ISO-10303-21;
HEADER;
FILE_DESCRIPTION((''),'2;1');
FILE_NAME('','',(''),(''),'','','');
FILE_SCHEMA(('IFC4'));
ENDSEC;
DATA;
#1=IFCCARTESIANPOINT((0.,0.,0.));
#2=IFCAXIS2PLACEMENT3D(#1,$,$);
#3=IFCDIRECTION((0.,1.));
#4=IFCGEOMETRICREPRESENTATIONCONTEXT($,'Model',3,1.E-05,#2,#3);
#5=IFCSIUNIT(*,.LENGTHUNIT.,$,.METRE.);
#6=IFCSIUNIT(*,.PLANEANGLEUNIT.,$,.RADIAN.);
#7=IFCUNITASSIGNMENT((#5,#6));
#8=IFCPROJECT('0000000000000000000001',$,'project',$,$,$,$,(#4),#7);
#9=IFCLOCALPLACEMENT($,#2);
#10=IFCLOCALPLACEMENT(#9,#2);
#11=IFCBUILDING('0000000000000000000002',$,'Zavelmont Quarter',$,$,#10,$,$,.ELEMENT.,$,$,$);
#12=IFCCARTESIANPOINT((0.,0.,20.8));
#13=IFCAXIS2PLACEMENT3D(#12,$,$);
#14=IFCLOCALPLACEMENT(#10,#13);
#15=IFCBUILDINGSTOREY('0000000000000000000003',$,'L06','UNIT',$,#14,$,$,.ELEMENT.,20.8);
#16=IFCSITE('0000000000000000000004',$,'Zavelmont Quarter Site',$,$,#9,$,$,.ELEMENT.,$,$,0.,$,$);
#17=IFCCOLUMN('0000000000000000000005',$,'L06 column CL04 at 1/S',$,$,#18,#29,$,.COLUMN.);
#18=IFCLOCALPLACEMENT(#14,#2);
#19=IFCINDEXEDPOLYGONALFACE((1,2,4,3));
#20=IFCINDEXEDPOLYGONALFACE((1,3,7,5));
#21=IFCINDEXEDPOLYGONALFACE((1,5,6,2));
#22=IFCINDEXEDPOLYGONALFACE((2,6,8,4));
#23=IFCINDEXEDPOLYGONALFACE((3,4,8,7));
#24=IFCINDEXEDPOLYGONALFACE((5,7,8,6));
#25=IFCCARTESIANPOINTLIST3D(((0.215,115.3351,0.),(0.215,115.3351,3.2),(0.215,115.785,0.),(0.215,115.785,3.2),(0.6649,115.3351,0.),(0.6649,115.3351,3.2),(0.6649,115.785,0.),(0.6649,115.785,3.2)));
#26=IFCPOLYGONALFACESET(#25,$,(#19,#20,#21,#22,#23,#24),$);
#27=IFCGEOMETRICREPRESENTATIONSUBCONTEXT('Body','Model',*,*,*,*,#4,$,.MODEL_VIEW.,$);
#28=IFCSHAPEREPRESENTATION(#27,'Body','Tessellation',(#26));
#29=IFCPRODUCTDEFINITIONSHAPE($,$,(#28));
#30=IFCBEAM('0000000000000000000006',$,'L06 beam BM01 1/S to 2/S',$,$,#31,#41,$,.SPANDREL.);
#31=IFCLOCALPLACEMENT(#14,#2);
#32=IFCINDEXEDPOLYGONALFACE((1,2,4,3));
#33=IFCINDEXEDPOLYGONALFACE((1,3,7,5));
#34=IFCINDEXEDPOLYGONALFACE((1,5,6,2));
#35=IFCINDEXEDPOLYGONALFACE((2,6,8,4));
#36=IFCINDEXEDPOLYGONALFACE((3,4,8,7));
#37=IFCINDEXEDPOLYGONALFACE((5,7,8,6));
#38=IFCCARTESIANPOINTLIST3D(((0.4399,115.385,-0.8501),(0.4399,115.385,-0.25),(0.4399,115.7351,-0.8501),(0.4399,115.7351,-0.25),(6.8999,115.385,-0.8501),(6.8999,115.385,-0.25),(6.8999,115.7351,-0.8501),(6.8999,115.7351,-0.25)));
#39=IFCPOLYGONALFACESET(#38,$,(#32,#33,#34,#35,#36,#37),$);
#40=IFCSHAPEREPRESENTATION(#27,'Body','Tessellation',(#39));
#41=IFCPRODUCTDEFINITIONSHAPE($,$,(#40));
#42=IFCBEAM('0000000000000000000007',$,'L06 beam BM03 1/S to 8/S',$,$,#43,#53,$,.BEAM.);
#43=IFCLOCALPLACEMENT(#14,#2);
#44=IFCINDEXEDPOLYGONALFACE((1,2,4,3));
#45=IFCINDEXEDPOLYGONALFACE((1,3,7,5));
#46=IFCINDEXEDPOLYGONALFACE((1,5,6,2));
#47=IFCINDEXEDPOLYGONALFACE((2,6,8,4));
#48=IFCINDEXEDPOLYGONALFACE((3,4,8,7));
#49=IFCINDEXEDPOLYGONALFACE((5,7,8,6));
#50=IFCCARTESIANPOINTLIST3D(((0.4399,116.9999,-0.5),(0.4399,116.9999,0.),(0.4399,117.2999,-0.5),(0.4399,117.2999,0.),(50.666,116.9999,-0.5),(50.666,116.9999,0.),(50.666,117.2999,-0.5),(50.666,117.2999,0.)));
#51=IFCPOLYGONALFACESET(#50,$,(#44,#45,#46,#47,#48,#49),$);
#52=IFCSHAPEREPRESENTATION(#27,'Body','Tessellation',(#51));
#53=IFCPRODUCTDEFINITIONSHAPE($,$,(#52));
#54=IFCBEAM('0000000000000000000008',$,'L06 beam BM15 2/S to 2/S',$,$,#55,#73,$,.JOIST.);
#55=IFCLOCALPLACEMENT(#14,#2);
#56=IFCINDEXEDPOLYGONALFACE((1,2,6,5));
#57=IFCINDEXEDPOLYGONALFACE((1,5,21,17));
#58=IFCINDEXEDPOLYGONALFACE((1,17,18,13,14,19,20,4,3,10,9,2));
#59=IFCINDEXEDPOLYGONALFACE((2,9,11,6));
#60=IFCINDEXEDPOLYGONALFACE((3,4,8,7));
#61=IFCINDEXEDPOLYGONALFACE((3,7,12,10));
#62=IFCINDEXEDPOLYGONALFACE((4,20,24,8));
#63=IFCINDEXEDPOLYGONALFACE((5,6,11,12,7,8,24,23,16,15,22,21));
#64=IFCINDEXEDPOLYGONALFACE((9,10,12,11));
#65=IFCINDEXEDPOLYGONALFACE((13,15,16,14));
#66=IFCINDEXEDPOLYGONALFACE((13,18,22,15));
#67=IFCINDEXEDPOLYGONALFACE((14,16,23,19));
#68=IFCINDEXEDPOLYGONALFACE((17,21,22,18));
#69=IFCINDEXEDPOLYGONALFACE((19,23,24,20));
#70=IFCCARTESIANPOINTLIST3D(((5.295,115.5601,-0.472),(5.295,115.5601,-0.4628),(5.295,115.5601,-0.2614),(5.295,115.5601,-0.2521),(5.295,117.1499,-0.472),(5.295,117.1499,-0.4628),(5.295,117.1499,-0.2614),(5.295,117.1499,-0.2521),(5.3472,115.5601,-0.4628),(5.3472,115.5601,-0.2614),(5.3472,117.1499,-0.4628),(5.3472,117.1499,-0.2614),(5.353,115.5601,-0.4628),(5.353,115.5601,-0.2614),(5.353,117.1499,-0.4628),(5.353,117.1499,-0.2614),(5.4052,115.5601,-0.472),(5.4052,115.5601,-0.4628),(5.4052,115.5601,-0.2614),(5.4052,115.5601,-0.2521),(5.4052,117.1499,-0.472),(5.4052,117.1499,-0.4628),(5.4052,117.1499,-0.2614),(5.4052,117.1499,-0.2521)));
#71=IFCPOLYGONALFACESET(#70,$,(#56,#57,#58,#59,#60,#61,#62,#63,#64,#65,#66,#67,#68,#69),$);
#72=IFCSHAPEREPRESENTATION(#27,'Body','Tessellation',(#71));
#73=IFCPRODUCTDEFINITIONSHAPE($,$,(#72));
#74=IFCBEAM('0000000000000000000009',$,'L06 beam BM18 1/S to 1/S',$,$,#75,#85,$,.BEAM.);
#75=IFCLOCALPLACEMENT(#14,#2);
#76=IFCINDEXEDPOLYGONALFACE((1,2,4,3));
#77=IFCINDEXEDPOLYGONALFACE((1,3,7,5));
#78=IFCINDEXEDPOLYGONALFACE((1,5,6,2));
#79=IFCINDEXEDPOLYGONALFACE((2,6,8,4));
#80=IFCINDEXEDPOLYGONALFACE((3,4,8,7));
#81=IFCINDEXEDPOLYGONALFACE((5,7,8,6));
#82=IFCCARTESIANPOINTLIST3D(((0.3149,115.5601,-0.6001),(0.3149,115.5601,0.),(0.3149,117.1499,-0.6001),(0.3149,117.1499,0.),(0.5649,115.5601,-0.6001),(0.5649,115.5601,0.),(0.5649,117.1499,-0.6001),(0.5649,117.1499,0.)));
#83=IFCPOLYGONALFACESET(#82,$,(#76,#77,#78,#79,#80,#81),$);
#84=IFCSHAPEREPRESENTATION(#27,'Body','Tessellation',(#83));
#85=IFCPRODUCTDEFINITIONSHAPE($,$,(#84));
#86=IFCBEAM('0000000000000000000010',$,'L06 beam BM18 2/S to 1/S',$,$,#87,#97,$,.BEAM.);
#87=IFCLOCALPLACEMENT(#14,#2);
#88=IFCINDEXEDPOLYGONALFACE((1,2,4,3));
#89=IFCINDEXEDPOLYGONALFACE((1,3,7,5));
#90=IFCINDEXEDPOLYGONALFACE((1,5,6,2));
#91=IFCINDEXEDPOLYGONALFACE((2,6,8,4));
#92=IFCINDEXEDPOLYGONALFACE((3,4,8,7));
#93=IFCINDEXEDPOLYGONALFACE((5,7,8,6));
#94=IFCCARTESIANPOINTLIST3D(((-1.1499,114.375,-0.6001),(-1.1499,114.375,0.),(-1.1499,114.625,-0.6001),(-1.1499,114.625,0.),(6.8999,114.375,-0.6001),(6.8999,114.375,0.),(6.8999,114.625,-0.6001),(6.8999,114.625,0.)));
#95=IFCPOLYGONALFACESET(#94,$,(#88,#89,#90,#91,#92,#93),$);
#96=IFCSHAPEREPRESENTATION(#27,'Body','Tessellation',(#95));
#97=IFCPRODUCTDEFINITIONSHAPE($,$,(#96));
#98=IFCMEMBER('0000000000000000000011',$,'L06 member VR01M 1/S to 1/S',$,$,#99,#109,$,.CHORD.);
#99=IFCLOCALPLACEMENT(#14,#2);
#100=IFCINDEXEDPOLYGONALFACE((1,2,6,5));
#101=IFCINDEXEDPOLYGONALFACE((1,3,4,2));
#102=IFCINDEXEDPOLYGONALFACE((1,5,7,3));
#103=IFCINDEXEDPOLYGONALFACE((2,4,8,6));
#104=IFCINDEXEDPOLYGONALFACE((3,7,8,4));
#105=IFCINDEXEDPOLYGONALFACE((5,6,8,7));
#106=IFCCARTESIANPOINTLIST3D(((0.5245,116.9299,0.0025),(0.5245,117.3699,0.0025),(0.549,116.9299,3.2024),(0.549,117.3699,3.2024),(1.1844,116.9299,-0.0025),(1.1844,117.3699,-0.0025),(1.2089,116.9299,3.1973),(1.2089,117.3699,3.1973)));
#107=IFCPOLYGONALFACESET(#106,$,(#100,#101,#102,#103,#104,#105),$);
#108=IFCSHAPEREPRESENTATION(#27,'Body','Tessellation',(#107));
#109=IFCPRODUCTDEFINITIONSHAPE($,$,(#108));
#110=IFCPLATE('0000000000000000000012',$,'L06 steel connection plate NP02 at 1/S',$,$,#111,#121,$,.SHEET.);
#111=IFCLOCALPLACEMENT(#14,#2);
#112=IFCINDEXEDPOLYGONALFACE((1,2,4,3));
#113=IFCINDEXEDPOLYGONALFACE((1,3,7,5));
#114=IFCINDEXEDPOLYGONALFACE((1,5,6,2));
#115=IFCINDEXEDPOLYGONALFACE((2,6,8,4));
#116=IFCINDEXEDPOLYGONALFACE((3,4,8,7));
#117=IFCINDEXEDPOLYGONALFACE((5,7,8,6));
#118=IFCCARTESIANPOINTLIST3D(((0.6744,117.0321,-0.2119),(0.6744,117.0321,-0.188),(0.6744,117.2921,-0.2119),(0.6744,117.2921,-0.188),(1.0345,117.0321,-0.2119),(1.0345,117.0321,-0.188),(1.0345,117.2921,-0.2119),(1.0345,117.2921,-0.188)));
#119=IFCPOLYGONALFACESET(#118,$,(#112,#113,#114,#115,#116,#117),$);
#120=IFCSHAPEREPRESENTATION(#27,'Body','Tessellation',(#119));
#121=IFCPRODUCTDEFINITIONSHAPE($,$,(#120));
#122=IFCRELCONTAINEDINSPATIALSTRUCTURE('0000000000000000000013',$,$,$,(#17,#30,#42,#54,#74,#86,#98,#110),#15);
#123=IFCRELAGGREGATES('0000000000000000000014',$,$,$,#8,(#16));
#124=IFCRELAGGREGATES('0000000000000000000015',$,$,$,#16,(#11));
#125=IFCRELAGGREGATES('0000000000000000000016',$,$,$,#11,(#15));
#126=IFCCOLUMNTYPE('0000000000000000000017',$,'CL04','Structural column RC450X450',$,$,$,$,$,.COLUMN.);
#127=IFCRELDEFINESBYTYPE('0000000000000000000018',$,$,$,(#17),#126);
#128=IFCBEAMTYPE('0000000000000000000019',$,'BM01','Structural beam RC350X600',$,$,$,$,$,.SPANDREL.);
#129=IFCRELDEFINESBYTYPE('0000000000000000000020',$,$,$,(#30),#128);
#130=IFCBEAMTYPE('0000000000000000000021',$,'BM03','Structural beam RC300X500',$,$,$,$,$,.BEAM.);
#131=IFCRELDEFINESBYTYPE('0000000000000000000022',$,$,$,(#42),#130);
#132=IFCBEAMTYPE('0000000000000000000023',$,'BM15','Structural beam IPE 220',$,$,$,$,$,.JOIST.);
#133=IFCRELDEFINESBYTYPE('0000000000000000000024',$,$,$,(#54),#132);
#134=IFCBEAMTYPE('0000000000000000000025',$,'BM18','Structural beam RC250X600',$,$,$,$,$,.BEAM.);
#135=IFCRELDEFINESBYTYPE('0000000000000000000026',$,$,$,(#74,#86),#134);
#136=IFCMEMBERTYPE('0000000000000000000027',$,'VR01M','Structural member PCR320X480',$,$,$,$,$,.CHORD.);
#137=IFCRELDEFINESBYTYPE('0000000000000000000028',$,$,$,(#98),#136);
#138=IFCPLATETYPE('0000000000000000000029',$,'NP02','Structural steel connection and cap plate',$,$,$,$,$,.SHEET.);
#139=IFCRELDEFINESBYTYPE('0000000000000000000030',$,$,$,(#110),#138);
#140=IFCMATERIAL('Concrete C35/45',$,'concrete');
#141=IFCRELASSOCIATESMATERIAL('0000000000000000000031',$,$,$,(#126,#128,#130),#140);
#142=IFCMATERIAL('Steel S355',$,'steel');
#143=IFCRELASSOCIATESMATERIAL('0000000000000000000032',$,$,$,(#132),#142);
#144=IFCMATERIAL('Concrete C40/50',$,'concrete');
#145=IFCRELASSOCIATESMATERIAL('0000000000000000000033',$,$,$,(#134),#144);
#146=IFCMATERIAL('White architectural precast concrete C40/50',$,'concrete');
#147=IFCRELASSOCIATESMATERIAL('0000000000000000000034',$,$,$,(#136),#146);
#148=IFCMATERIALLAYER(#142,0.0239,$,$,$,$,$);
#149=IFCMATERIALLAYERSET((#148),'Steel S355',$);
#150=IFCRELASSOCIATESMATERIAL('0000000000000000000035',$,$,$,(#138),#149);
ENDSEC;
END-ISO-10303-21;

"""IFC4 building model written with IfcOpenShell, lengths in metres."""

from ifc_helpers import new_model, si_unit, direction, frame, origin, origin_2d, place, context, subcontext, project, spatial, rectangle, i_section, extrude, material, layer, layer_set, material_profile, profile_set, type_object, element, save


model = new_model("IFC4")

# Units and contexts
model_context = context("Model", 3, precision=1e-05, world=origin(), true_north=direction((0.0, 1.0)))
body_context = subcontext(model_context, "Body", "Model", "MODEL_VIEW")
ifc_project = project(units=[si_unit("LENGTHUNIT", "METRE"), si_unit("PLANEANGLEUNIT", "RADIAN")], contexts=[model_context])

# Site, building, storey
site_placement = place(None, origin())
site = spatial("IfcSite", under=ifc_project, at=site_placement, Name="Zavelmont Quarter Site", CompositionType="ELEMENT", RefElevation=0.0)
building_placement = place(site_placement, origin())
building = spatial("IfcBuilding", under=site, at=building_placement, Name="Zavelmont Quarter", CompositionType="ELEMENT")
storey_placement = place(building_placement, frame((0.0, 0.0, 20.8)))
storey = spatial("IfcBuildingStorey", under=building, at=storey_placement, Name="L06", Description="UNIT", CompositionType="ELEMENT", Elevation=20.8)

# Column
ifc_material_1 = material(Name="Concrete C35/45", Category="concrete")
ifc_material_profile_1 = material_profile(ifc_material_1, rectangle(XDim=0.45, YDim=0.45, at=origin_2d()), Name="RC450X450")
ifc_profile_set_1 = profile_set([ifc_material_profile_1], Name="Concrete C35/45")
column_type = type_object("IfcColumnType", Name="CL04", Description="Structural column RC450X450", PredefinedType="COLUMN", material=ifc_profile_set_1)
column_placement = place(storey_placement, frame((0.4399, 115.5601, 0.0), z_axis=(0.0, 0.0, 1.0), x_axis=(1.0, 0.0, 0.0)))
element("IfcColumn", 1, at=column_placement, inside=storey, type_object=column_type, Name="L06 column CL04 at 1/S", PredefinedType="COLUMN", context=body_context, shape_type="SweptSolid", body=[
    extrude(rectangle(XDim=0.45, YDim=0.45, at=origin_2d()), origin(), (0.0, 0.0, 1.0), 3.2),
])

# Beams
ifc_material_profile_2 = material_profile(ifc_material_1, rectangle(XDim=0.3501, YDim=0.6001, at=origin_2d()), Name="RC350X600")
ifc_profile_set_2 = profile_set([ifc_material_profile_2], Name="Concrete C35/45")
beam_type_1 = type_object("IfcBeamType", Name="BM01", Description="Structural beam RC350X600", PredefinedType="SPANDREL", material=ifc_profile_set_2)
beam_1_placement = place(storey_placement, frame((0.4399, 115.5601, -0.55), z_axis=(1.0, 0.0, 0.0), x_axis=(0.0, 1.0, 0.0)))
element("IfcBeam", 2, at=beam_1_placement, inside=storey, type_object=beam_type_1, Name="L06 beam BM01 1/S to 2/S", PredefinedType="SPANDREL", context=body_context, shape_type="SweptSolid", body=[
    extrude(rectangle(XDim=0.3501, YDim=0.6001, at=origin_2d()), origin(), (0.0, 0.0, 1.0), 6.46),
])
ifc_material_profile_3 = material_profile(ifc_material_1, rectangle(XDim=0.3, YDim=0.5, at=origin_2d()), Name="RC300X500")
ifc_profile_set_3 = profile_set([ifc_material_profile_3], Name="Concrete C35/45")
beam_type_2 = type_object("IfcBeamType", Name="BM03", Description="Structural beam RC300X500", PredefinedType="BEAM", material=ifc_profile_set_3)
beam_2_placement = place(storey_placement, frame((0.4399, 117.1499, -0.25), z_axis=(1.0, 0.0, 0.0), x_axis=(0.0, 1.0, 0.0)))
element("IfcBeam", 3, at=beam_2_placement, inside=storey, type_object=beam_type_2, Name="L06 beam BM03 1/S to 8/S", PredefinedType="BEAM", context=body_context, shape_type="SweptSolid", body=[
    extrude(rectangle(XDim=0.3, YDim=0.5, at=origin_2d()), origin(), (0.0, 0.0, 1.0), 50.2261),
])
ifc_material_2 = material(Name="Steel S355", Category="steel")
ifc_material_profile_4 = material_profile(ifc_material_2, i_section(OverallWidth=0.1101, OverallDepth=0.22, WebThickness=0.0059, FlangeThickness=0.0093, at=origin_2d()), Name="IPE 220")
ifc_profile_set_4 = profile_set([ifc_material_profile_4], Name="Steel S355")
beam_type_3 = type_object("IfcBeamType", Name="BM15", Description="Structural beam IPE 220", PredefinedType="JOIST", material=ifc_profile_set_4)
beam_3_placement = place(storey_placement, frame((5.3501, 115.5601, -0.3621), z_axis=(0.0, 1.0, 0.0), x_axis=(-1.0, 0.0, 0.0)))
element("IfcBeam", 4, at=beam_3_placement, inside=storey, type_object=beam_type_3, Name="L06 beam BM15 2/S to 2/S", PredefinedType="JOIST", context=body_context, shape_type="SweptSolid", body=[
    extrude(i_section(OverallWidth=0.1101, OverallDepth=0.22, WebThickness=0.0059, FlangeThickness=0.0093, at=origin_2d()), origin(), (0.0, 0.0, 1.0), 1.5898),
])
ifc_material_3 = material(Name="Concrete C40/50", Category="concrete")
ifc_material_profile_5 = material_profile(ifc_material_3, rectangle(XDim=0.25, YDim=0.6001, at=origin_2d()), Name="RC250X600")
ifc_profile_set_5 = profile_set([ifc_material_profile_5], Name="Concrete C40/50")
beam_type_4 = type_object("IfcBeamType", Name="BM18", Description="Structural beam RC250X600", PredefinedType="BEAM", material=ifc_profile_set_5)
beam_4_placement = place(storey_placement, frame((0.4399, 115.5601, -0.3), z_axis=(0.0, 1.0, 0.0), x_axis=(-1.0, 0.0, 0.0)))
element("IfcBeam", 5, at=beam_4_placement, inside=storey, type_object=beam_type_4, Name="L06 beam BM18 1/S to 1/S", PredefinedType="BEAM", context=body_context, shape_type="SweptSolid", body=[
    extrude(rectangle(XDim=0.25, YDim=0.6001, at=origin_2d()), origin(), (0.0, 0.0, 1.0), 1.5898),
])
beam_5_placement = place(storey_placement, frame((6.8999, 114.5, -0.3), z_axis=(-1.0, 0.0, 0.0), x_axis=(0.0, -1.0, 0.0)))
element("IfcBeam", 6, at=beam_5_placement, inside=storey, type_object=beam_type_4, Name="L06 beam BM18 2/S to 1/S", PredefinedType="BEAM", context=body_context, shape_type="SweptSolid", body=[
    extrude(rectangle(XDim=0.25, YDim=0.6001, at=origin_2d()), origin(), (0.0, 0.0, 1.0), 8.0498),
])

# Member
ifc_material_4 = material(Name="White architectural precast concrete C40/50", Category="concrete")
ifc_material_profile_6 = material_profile(ifc_material_4, rectangle(XDim=0.4399, YDim=0.6599, at=origin_2d()), Name="PCR320X480")
ifc_profile_set_6 = profile_set([ifc_material_profile_6], Name="White architectural precast concrete C40/50")
member_type = type_object("IfcMemberType", Name="VR01M", Description="Structural member PCR320X480", PredefinedType="CHORD", material=ifc_profile_set_6)
member_placement = place(storey_placement, frame((0.8545, 117.1499, 0.0), z_axis=(0.007629, 0.0, 0.999971), x_axis=(0.0, 1.0, 0.0)))
element("IfcMember", 7, at=member_placement, inside=storey, type_object=member_type, Name="L06 member VR01M 1/S to 1/S", PredefinedType="CHORD", context=body_context, shape_type="SweptSolid", body=[
    extrude(rectangle(XDim=0.4399, YDim=0.6599, at=origin_2d()), origin(), (0.0, 0.0, 1.0), 3.2),
])

# Plate
ifc_layer_1 = layer(ifc_material_2, 0.0239)
ifc_layer_set_1 = layer_set([ifc_layer_1], Name="Steel S355")
plate_type = type_object("IfcPlateType", Name="NP02", Description="Structural steel connection and cap plate", PredefinedType="SHEET", material=ifc_layer_set_1)
plate_placement = place(storey_placement, frame((0.8545, 117.1621, -0.2119), z_axis=(0.0, 0.0, 1.0), x_axis=(1.0, 0.0, 0.0)))
element("IfcPlate", 8, at=plate_placement, inside=storey, type_object=plate_type, Name="L06 steel connection plate NP02 at 1/S", PredefinedType="SHEET", context=body_context, shape_type="SweptSolid", body=[
    extrude(rectangle(XDim=0.3601, YDim=0.26, at=origin_2d()), origin(), (0.0, 0.0, 1.0), 0.0239),
])

save(model, "model.ifc")
